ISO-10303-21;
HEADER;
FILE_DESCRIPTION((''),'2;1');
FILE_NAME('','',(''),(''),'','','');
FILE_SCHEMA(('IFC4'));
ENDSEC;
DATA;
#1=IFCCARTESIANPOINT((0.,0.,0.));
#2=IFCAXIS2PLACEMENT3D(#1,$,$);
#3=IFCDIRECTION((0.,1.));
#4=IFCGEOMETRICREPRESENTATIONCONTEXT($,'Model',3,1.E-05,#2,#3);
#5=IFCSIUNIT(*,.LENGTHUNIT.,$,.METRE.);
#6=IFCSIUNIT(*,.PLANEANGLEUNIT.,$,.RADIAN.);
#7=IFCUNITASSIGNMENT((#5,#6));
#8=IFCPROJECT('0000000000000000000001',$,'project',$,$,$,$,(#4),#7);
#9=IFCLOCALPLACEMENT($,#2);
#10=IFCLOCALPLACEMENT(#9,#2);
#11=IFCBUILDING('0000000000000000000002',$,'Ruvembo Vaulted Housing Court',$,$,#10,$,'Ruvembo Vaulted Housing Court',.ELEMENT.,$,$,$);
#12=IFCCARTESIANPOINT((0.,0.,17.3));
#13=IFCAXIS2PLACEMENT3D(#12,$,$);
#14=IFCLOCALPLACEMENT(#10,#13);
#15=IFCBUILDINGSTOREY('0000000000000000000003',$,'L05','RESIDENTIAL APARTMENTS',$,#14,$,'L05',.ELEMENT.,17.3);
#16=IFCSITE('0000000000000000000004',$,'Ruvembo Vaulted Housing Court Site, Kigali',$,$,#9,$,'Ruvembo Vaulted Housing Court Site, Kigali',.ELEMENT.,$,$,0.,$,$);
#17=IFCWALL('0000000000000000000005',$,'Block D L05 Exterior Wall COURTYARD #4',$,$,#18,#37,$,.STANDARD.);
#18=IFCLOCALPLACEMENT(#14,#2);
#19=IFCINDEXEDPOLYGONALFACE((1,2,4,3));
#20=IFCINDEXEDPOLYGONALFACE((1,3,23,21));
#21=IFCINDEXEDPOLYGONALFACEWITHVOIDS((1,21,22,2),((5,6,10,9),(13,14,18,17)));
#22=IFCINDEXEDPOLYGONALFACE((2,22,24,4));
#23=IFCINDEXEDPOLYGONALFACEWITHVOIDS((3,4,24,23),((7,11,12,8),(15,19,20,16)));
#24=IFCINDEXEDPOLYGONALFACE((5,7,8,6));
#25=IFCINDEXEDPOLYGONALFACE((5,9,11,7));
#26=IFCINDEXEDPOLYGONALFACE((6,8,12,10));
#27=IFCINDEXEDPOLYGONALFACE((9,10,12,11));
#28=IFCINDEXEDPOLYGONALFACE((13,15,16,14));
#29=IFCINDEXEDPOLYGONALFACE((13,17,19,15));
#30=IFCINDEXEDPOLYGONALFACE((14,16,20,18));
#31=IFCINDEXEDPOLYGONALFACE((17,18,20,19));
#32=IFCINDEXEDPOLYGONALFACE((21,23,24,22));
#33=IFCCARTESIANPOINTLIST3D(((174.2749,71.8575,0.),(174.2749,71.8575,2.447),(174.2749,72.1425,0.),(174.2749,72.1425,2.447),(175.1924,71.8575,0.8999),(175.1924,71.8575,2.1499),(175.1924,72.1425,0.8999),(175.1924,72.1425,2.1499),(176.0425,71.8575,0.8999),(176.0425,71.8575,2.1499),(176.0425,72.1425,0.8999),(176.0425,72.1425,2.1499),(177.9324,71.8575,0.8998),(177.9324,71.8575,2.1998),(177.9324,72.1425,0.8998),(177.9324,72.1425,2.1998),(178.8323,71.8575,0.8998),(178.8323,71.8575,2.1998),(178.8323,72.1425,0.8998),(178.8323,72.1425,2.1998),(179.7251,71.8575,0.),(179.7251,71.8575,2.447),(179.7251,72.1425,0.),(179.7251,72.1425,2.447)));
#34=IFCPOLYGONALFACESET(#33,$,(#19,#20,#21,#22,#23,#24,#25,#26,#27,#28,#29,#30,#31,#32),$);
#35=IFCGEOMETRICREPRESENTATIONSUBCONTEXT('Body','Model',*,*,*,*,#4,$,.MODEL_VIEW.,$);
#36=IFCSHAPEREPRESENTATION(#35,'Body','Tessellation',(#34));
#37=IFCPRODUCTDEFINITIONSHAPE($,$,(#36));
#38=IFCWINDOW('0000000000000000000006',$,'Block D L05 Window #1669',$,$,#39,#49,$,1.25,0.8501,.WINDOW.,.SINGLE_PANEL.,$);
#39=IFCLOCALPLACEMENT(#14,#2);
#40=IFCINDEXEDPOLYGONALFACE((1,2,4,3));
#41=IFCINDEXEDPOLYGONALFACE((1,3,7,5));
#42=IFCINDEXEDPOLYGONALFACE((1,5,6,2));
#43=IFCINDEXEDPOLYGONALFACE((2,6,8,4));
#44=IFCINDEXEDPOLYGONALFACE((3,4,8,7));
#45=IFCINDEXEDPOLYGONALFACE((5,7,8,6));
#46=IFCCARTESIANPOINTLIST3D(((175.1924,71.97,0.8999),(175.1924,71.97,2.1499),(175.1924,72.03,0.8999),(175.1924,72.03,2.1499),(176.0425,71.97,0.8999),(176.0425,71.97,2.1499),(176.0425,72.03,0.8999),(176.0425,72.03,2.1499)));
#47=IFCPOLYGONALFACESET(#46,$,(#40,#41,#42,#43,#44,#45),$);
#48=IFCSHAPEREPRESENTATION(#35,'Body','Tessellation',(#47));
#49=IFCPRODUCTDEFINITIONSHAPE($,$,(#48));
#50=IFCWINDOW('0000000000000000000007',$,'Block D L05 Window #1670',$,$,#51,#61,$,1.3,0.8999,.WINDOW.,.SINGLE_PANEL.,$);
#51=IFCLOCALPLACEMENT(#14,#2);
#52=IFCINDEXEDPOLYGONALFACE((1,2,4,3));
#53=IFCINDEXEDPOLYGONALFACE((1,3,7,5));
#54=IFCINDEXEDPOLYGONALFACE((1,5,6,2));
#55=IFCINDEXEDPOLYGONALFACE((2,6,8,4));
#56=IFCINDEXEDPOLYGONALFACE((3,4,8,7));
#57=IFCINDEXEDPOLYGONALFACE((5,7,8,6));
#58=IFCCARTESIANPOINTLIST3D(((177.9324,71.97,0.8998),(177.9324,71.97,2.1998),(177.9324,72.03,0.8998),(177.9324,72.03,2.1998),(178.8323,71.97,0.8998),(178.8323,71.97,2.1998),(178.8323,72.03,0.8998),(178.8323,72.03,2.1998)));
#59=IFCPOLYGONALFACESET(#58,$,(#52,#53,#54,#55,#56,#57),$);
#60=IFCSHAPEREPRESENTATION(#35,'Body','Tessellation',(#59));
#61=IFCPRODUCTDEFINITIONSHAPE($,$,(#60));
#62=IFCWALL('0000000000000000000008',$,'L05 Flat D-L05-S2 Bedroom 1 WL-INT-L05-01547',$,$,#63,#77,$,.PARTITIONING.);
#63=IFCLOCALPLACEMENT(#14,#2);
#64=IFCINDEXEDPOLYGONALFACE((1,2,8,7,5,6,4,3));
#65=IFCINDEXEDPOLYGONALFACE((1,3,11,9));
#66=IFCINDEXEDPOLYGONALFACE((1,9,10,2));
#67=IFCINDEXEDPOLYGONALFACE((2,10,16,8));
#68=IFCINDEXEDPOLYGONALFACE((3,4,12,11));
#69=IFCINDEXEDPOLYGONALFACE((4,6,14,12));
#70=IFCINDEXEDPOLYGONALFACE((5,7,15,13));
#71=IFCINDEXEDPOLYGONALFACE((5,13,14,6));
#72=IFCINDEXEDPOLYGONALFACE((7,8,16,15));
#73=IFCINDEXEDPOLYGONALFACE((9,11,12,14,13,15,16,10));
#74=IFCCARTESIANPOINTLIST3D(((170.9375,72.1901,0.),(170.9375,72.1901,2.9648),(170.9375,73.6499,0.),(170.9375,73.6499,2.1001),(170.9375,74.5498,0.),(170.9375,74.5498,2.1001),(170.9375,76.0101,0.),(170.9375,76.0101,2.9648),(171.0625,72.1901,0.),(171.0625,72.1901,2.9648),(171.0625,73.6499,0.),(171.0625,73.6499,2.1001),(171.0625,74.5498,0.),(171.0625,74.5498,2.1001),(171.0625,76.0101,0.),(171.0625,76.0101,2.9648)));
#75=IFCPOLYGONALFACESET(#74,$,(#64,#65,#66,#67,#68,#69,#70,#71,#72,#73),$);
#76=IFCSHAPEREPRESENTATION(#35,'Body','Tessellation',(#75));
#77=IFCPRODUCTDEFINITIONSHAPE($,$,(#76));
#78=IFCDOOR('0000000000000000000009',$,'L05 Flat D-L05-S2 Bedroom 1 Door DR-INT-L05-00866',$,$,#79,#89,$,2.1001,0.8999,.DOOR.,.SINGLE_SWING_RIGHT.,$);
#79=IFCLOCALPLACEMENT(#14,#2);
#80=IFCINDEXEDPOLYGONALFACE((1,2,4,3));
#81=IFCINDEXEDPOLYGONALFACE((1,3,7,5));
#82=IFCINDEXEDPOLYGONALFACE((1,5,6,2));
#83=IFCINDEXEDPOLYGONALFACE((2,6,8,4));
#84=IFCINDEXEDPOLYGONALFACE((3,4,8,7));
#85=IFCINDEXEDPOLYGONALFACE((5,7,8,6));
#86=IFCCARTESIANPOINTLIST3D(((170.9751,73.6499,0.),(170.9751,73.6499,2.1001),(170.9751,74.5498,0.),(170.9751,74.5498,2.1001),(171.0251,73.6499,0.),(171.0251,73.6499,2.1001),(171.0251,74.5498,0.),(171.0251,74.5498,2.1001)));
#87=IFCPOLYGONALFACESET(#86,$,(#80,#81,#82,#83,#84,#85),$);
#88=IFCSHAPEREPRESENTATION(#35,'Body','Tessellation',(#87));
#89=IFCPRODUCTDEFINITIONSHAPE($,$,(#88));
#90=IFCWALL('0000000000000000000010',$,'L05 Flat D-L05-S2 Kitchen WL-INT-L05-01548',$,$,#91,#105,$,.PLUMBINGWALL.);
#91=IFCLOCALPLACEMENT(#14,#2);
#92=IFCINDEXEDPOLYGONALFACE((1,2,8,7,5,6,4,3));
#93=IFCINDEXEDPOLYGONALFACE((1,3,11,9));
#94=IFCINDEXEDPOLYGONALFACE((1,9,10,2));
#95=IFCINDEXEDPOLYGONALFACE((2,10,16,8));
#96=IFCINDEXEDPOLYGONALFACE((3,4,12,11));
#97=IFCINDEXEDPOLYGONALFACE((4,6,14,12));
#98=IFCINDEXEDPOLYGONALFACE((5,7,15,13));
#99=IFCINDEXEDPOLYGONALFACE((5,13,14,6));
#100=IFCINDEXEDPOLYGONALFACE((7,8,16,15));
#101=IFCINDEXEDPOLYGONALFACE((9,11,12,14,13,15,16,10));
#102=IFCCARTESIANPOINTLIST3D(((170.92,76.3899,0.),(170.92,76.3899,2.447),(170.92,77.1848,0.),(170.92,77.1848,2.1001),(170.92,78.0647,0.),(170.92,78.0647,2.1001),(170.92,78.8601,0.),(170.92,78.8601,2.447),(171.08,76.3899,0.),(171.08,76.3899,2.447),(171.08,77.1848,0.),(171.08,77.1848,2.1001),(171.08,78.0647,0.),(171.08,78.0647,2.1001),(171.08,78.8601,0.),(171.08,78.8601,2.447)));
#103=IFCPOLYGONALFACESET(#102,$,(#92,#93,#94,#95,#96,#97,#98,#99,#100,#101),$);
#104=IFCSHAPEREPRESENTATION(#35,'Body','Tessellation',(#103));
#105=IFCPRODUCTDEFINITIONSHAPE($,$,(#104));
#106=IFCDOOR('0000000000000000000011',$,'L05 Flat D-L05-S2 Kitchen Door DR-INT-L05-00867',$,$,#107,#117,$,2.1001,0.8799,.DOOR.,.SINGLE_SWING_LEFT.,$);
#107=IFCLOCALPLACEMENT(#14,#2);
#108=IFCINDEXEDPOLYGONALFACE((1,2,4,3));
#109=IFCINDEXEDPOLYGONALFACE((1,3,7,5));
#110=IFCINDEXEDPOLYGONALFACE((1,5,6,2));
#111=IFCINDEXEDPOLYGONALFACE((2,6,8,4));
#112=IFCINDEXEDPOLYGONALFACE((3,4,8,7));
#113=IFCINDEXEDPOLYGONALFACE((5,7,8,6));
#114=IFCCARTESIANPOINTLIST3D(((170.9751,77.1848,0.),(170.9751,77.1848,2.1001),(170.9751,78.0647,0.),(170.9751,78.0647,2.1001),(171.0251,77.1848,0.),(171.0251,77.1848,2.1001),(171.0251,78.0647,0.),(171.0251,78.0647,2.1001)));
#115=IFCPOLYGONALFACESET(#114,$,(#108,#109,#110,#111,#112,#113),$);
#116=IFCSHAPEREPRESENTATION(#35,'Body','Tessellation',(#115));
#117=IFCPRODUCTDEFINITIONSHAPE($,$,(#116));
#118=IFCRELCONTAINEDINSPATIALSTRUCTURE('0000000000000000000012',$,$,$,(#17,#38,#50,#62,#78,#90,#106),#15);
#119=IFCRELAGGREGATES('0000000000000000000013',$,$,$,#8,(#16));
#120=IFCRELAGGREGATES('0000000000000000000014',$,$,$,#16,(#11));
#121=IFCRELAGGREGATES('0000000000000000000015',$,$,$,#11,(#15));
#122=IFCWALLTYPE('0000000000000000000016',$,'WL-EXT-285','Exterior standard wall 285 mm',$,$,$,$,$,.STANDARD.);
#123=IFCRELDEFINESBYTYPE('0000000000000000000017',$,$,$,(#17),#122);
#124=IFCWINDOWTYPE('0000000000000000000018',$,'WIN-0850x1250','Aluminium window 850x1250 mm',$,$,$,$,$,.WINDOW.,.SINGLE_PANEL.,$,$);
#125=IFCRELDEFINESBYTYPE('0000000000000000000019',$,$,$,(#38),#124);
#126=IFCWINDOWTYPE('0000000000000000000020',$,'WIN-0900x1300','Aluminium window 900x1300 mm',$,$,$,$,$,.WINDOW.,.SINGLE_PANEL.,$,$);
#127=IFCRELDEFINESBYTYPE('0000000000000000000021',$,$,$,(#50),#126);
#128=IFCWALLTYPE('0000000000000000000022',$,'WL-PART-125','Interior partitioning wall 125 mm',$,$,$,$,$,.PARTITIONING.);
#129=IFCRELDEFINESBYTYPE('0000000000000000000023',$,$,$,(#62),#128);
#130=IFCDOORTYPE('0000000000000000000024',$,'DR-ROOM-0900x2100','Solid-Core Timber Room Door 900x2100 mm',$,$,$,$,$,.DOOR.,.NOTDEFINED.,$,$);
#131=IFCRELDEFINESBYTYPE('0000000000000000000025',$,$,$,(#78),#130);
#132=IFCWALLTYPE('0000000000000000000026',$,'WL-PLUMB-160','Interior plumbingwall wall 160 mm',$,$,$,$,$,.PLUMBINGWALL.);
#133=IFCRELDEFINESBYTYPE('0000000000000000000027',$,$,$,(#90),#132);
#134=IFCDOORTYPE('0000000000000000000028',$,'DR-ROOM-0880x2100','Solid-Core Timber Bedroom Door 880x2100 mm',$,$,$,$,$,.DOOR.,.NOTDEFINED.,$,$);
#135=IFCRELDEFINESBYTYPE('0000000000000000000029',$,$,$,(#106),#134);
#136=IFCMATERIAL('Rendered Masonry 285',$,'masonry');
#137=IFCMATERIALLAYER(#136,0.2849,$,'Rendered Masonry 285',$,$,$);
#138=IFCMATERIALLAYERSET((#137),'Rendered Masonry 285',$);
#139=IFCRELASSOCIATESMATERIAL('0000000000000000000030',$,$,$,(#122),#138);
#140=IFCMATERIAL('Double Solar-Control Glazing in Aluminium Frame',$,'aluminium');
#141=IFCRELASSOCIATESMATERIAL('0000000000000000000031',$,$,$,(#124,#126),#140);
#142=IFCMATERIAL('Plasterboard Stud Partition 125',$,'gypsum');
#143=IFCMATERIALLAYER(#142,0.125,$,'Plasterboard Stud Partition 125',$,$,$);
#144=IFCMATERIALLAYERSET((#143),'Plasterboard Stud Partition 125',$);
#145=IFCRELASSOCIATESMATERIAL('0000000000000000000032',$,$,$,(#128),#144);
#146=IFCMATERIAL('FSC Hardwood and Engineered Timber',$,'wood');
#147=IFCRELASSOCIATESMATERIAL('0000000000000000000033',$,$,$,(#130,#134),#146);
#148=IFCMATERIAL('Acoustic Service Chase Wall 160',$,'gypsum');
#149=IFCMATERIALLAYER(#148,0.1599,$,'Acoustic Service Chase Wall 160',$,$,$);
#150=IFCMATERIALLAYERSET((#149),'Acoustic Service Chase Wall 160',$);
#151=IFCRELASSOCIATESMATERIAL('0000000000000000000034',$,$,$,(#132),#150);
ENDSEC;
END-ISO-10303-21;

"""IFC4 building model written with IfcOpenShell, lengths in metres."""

from ifc_helpers import new_model, si_unit, direction, frame, frame_2d, origin, place, context, subcontext, project, spatial, rectangle, extrude, material, layer, layer_set, type_object, element, fill, save


model = new_model("IFC4")

# Units and contexts
model_context = context("Model", 3, precision=1e-05, world=origin(), true_north=direction((0.0, 1.0)))
body_context = subcontext(model_context, "Body", "Model", "MODEL_VIEW")
ifc_project = project(units=[si_unit("LENGTHUNIT", "METRE"), si_unit("PLANEANGLEUNIT", "RADIAN")], contexts=[model_context])

# Site, building, storey
site_placement = place(None, origin())
site = spatial("IfcSite", under=ifc_project, at=site_placement, Name="Ruvembo Vaulted Housing Court Site, Kigali", LongName="Ruvembo Vaulted Housing Court Site, Kigali", CompositionType="ELEMENT", RefElevation=0.0)
building_placement = place(site_placement, origin())
building = spatial("IfcBuilding", under=site, at=building_placement, Name="Ruvembo Vaulted Housing Court", LongName="Ruvembo Vaulted Housing Court", CompositionType="ELEMENT")
storey_placement = place(building_placement, frame((0.0, 0.0, 17.3)))
storey = spatial("IfcBuildingStorey", under=building, at=storey_placement, Name="L05", Description="RESIDENTIAL APARTMENTS", LongName="L05", CompositionType="ELEMENT", Elevation=17.3)

# Wall, openings, windows
ifc_material_1 = material(Name="Rendered Masonry 285", Category="masonry")
ifc_layer_1 = layer(ifc_material_1, 0.2849, Name="Rendered Masonry 285")
ifc_layer_set_1 = layer_set([ifc_layer_1], Name="Rendered Masonry 285")
wall_type_1 = type_object("IfcWallType", Name="WL-EXT-285", Description="Exterior standard wall 285 mm", PredefinedType="STANDARD", material=ifc_layer_set_1)
ifc_material_2 = material(Name="Double Solar-Control Glazing in Aluminium Frame", Category="aluminium")
wall_1_placement = place(storey_placement, frame((174.2749, 72.0, 0.0), z_axis=(0.0, 0.0, 1.0), x_axis=(1.0, 0.0, 0.0)))
wall_1 = element("IfcWall", 1, at=wall_1_placement, inside=storey, type_object=wall_type_1, Name="Block D L05 Exterior Wall COURTYARD #4", PredefinedType="STANDARD", context=body_context, shape_type="SweptSolid", body=[
    extrude(rectangle(XDim=5.4502, YDim=0.2849, at=frame_2d((2.7251, 0.0))), origin(), (0.0, 0.0, 1.0), 2.447),
])
opening_1_placement = place(wall_1_placement, frame((0.9175, 0.0, 0.8999)))
opening_1 = element("IfcOpeningElement", 2, at=opening_1_placement, cuts=wall_1, PredefinedType="OPENING", context=body_context, shape_type="SweptSolid", body=[
    extrude(rectangle(XDim=0.8501, YDim=1.25, at=frame_2d((0.425, 0.625))), frame((0.0, 0.1523, 0.0), z_axis=(0.0, -1.0, 0.0), x_axis=(1.0, 0.0, 0.0)), (0.0, 0.0, 1.0), 0.3049),
])
opening_2_placement = place(wall_1_placement, frame((3.6575, 0.0, 0.8999)))
opening_2 = element("IfcOpeningElement", 3, at=opening_2_placement, cuts=wall_1, PredefinedType="OPENING", context=body_context, shape_type="SweptSolid", body=[
    extrude(rectangle(XDim=0.8999, YDim=1.3, at=frame_2d((0.45, 0.6499))), frame((0.0, 0.1523, 0.0), z_axis=(0.0, -1.0, 0.0), x_axis=(1.0, 0.0, 0.0)), (0.0, 0.0, 1.0), 0.3049),
])
window_type_1 = type_object("IfcWindowType", Name="WIN-0850x1250", Description="Aluminium window 850x1250 mm", PartitioningType="SINGLE_PANEL", PredefinedType="WINDOW", material=ifc_material_2)
window_1_placement = place(opening_1_placement, origin())
window_1 = element("IfcWindow", 4, at=window_1_placement, inside=storey, type_object=window_type_1, Name="Block D L05 Window #1669", OverallHeight=1.25, OverallWidth=0.8501, PartitioningType="SINGLE_PANEL", PredefinedType="WINDOW", context=body_context, shape_type="SweptSolid", body=[
    extrude(rectangle(XDim=0.8501, YDim=1.25, at=frame_2d((0.425, 0.625))), frame((0.0, 0.03, 0.0), z_axis=(0.0, -1.0, 0.0), x_axis=(1.0, 0.0, 0.0)), (0.0, 0.0, 1.0), 0.0601),
])
fill(opening_1, window_1)
window_type_2 = type_object("IfcWindowType", Name="WIN-0900x1300", Description="Aluminium window 900x1300 mm", PartitioningType="SINGLE_PANEL", PredefinedType="WINDOW", material=ifc_material_2)
window_2_placement = place(opening_2_placement, origin())
window_2 = element("IfcWindow", 5, at=window_2_placement, inside=storey, type_object=window_type_2, Name="Block D L05 Window #1670", OverallHeight=1.3, OverallWidth=0.8999, PartitioningType="SINGLE_PANEL", PredefinedType="WINDOW", context=body_context, shape_type="SweptSolid", body=[
    extrude(rectangle(XDim=0.8999, YDim=1.3, at=frame_2d((0.45, 0.6499))), frame((0.0, 0.03, 0.0), z_axis=(0.0, -1.0, 0.0), x_axis=(1.0, 0.0, 0.0)), (0.0, 0.0, 1.0), 0.0601),
])
fill(opening_2, window_2)

# Walls, openings, doors
ifc_material_3 = material(Name="Plasterboard Stud Partition 125", Category="gypsum")
ifc_layer_2 = layer(ifc_material_3, 0.125, Name="Plasterboard Stud Partition 125")
ifc_layer_set_2 = layer_set([ifc_layer_2], Name="Plasterboard Stud Partition 125")
wall_type_2 = type_object("IfcWallType", Name="WL-PART-125", Description="Interior partitioning wall 125 mm", PredefinedType="PARTITIONING", material=ifc_layer_set_2)
wall_2_placement = place(storey_placement, frame((171.0, 72.1899, 0.0), z_axis=(0.0, 0.0, 1.0), x_axis=(0.0, 1.0, 0.0)))
wall_2 = element("IfcWall", 6, at=wall_2_placement, inside=storey, type_object=wall_type_2, Name="L05 Flat D-L05-S2 Bedroom 1 WL-INT-L05-01547", PredefinedType="PARTITIONING", context=body_context, shape_type="SweptSolid", body=[
    extrude(rectangle(XDim=3.8201, YDim=0.125, at=frame_2d((1.9102, 0.0))), origin(), (0.0, 0.0, 1.0), 2.9648),
])
opening_3_placement = place(wall_2_placement, frame((1.46, 0.0, 0.0)))
opening_3 = element("IfcOpeningElement", 7, at=opening_3_placement, cuts=wall_2, PredefinedType="OPENING", context=body_context, shape_type="SweptSolid", body=[
    extrude(rectangle(XDim=0.8999, YDim=2.1001, at=frame_2d((0.45, 1.05))), frame((0.0, 0.0725, 0.0), z_axis=(0.0, -1.0, 0.0), x_axis=(1.0, 0.0, 0.0)), (0.0, 0.0, 1.0), 0.145),
])
ifc_material_4 = material(Name="FSC Hardwood and Engineered Timber", Category="wood")
door_type_1 = type_object("IfcDoorType", Name="DR-ROOM-0900x2100", Description="Solid-Core Timber Room Door 900x2100 mm", OperationType="NOTDEFINED", PredefinedType="DOOR", material=ifc_material_4)
door_1_placement = place(opening_3_placement, origin())
door_1 = element("IfcDoor", 8, at=door_1_placement, inside=storey, type_object=door_type_1, Name="L05 Flat D-L05-S2 Bedroom 1 Door DR-INT-L05-00866", OperationType="SINGLE_SWING_RIGHT", OverallHeight=2.1001, OverallWidth=0.8999, PredefinedType="DOOR", context=body_context, shape_type="SweptSolid", body=[
    extrude(rectangle(XDim=0.8999, YDim=2.1001, at=frame_2d((0.45, 1.05))), frame((0.0, 0.0249, 0.0), z_axis=(0.0, -1.0, 0.0), x_axis=(1.0, 0.0, 0.0)), (0.0, 0.0, 1.0), 0.05),
])
fill(opening_3, door_1)
ifc_material_5 = material(Name="Acoustic Service Chase Wall 160", Category="gypsum")
ifc_layer_3 = layer(ifc_material_5, 0.1599, Name="Acoustic Service Chase Wall 160")
ifc_layer_set_3 = layer_set([ifc_layer_3], Name="Acoustic Service Chase Wall 160")
wall_type_3 = type_object("IfcWallType", Name="WL-PLUMB-160", Description="Interior plumbingwall wall 160 mm", PredefinedType="PLUMBINGWALL", material=ifc_layer_set_3)
wall_3_placement = place(storey_placement, frame((171.0, 76.3899, 0.0), z_axis=(0.0, 0.0, 1.0), x_axis=(0.0, 1.0, 0.0)))
wall_3 = element("IfcWall", 9, at=wall_3_placement, inside=storey, type_object=wall_type_3, Name="L05 Flat D-L05-S2 Kitchen WL-INT-L05-01548", PredefinedType="PLUMBINGWALL", context=body_context, shape_type="SweptSolid", body=[
    extrude(rectangle(XDim=2.4702, YDim=0.1599, at=frame_2d((1.2351, 0.0))), origin(), (0.0, 0.0, 1.0), 2.447),
])
opening_4_placement = place(wall_3_placement, frame((0.7949, 0.0, 0.0)))
opening_4 = element("IfcOpeningElement", 10, at=opening_4_placement, cuts=wall_3, PredefinedType="OPENING", context=body_context, shape_type="SweptSolid", body=[
    extrude(rectangle(XDim=0.8799, YDim=2.1001, at=frame_2d((0.4399, 1.05))), frame((0.0, 0.0898, 0.0), z_axis=(0.0, -1.0, 0.0), x_axis=(1.0, 0.0, 0.0)), (0.0, 0.0, 1.0), 0.1799),
])
door_type_2 = type_object("IfcDoorType", Name="DR-ROOM-0880x2100", Description="Solid-Core Timber Bedroom Door 880x2100 mm", OperationType="NOTDEFINED", PredefinedType="DOOR", material=ifc_material_4)
door_2_placement = place(opening_4_placement, origin())
door_2 = element("IfcDoor", 11, at=door_2_placement, inside=storey, type_object=door_type_2, Name="L05 Flat D-L05-S2 Kitchen Door DR-INT-L05-00867", OperationType="SINGLE_SWING_LEFT", OverallHeight=2.1001, OverallWidth=0.8799, PredefinedType="DOOR", context=body_context, shape_type="SweptSolid", body=[
    extrude(rectangle(XDim=0.8799, YDim=2.1001, at=frame_2d((0.4399, 1.05))), frame((0.0, 0.0249, 0.0), z_axis=(0.0, -1.0, 0.0), x_axis=(1.0, 0.0, 0.0)), (0.0, 0.0, 1.0), 0.05),
])
fill(opening_4, door_2)

save(model, "model.ifc")
